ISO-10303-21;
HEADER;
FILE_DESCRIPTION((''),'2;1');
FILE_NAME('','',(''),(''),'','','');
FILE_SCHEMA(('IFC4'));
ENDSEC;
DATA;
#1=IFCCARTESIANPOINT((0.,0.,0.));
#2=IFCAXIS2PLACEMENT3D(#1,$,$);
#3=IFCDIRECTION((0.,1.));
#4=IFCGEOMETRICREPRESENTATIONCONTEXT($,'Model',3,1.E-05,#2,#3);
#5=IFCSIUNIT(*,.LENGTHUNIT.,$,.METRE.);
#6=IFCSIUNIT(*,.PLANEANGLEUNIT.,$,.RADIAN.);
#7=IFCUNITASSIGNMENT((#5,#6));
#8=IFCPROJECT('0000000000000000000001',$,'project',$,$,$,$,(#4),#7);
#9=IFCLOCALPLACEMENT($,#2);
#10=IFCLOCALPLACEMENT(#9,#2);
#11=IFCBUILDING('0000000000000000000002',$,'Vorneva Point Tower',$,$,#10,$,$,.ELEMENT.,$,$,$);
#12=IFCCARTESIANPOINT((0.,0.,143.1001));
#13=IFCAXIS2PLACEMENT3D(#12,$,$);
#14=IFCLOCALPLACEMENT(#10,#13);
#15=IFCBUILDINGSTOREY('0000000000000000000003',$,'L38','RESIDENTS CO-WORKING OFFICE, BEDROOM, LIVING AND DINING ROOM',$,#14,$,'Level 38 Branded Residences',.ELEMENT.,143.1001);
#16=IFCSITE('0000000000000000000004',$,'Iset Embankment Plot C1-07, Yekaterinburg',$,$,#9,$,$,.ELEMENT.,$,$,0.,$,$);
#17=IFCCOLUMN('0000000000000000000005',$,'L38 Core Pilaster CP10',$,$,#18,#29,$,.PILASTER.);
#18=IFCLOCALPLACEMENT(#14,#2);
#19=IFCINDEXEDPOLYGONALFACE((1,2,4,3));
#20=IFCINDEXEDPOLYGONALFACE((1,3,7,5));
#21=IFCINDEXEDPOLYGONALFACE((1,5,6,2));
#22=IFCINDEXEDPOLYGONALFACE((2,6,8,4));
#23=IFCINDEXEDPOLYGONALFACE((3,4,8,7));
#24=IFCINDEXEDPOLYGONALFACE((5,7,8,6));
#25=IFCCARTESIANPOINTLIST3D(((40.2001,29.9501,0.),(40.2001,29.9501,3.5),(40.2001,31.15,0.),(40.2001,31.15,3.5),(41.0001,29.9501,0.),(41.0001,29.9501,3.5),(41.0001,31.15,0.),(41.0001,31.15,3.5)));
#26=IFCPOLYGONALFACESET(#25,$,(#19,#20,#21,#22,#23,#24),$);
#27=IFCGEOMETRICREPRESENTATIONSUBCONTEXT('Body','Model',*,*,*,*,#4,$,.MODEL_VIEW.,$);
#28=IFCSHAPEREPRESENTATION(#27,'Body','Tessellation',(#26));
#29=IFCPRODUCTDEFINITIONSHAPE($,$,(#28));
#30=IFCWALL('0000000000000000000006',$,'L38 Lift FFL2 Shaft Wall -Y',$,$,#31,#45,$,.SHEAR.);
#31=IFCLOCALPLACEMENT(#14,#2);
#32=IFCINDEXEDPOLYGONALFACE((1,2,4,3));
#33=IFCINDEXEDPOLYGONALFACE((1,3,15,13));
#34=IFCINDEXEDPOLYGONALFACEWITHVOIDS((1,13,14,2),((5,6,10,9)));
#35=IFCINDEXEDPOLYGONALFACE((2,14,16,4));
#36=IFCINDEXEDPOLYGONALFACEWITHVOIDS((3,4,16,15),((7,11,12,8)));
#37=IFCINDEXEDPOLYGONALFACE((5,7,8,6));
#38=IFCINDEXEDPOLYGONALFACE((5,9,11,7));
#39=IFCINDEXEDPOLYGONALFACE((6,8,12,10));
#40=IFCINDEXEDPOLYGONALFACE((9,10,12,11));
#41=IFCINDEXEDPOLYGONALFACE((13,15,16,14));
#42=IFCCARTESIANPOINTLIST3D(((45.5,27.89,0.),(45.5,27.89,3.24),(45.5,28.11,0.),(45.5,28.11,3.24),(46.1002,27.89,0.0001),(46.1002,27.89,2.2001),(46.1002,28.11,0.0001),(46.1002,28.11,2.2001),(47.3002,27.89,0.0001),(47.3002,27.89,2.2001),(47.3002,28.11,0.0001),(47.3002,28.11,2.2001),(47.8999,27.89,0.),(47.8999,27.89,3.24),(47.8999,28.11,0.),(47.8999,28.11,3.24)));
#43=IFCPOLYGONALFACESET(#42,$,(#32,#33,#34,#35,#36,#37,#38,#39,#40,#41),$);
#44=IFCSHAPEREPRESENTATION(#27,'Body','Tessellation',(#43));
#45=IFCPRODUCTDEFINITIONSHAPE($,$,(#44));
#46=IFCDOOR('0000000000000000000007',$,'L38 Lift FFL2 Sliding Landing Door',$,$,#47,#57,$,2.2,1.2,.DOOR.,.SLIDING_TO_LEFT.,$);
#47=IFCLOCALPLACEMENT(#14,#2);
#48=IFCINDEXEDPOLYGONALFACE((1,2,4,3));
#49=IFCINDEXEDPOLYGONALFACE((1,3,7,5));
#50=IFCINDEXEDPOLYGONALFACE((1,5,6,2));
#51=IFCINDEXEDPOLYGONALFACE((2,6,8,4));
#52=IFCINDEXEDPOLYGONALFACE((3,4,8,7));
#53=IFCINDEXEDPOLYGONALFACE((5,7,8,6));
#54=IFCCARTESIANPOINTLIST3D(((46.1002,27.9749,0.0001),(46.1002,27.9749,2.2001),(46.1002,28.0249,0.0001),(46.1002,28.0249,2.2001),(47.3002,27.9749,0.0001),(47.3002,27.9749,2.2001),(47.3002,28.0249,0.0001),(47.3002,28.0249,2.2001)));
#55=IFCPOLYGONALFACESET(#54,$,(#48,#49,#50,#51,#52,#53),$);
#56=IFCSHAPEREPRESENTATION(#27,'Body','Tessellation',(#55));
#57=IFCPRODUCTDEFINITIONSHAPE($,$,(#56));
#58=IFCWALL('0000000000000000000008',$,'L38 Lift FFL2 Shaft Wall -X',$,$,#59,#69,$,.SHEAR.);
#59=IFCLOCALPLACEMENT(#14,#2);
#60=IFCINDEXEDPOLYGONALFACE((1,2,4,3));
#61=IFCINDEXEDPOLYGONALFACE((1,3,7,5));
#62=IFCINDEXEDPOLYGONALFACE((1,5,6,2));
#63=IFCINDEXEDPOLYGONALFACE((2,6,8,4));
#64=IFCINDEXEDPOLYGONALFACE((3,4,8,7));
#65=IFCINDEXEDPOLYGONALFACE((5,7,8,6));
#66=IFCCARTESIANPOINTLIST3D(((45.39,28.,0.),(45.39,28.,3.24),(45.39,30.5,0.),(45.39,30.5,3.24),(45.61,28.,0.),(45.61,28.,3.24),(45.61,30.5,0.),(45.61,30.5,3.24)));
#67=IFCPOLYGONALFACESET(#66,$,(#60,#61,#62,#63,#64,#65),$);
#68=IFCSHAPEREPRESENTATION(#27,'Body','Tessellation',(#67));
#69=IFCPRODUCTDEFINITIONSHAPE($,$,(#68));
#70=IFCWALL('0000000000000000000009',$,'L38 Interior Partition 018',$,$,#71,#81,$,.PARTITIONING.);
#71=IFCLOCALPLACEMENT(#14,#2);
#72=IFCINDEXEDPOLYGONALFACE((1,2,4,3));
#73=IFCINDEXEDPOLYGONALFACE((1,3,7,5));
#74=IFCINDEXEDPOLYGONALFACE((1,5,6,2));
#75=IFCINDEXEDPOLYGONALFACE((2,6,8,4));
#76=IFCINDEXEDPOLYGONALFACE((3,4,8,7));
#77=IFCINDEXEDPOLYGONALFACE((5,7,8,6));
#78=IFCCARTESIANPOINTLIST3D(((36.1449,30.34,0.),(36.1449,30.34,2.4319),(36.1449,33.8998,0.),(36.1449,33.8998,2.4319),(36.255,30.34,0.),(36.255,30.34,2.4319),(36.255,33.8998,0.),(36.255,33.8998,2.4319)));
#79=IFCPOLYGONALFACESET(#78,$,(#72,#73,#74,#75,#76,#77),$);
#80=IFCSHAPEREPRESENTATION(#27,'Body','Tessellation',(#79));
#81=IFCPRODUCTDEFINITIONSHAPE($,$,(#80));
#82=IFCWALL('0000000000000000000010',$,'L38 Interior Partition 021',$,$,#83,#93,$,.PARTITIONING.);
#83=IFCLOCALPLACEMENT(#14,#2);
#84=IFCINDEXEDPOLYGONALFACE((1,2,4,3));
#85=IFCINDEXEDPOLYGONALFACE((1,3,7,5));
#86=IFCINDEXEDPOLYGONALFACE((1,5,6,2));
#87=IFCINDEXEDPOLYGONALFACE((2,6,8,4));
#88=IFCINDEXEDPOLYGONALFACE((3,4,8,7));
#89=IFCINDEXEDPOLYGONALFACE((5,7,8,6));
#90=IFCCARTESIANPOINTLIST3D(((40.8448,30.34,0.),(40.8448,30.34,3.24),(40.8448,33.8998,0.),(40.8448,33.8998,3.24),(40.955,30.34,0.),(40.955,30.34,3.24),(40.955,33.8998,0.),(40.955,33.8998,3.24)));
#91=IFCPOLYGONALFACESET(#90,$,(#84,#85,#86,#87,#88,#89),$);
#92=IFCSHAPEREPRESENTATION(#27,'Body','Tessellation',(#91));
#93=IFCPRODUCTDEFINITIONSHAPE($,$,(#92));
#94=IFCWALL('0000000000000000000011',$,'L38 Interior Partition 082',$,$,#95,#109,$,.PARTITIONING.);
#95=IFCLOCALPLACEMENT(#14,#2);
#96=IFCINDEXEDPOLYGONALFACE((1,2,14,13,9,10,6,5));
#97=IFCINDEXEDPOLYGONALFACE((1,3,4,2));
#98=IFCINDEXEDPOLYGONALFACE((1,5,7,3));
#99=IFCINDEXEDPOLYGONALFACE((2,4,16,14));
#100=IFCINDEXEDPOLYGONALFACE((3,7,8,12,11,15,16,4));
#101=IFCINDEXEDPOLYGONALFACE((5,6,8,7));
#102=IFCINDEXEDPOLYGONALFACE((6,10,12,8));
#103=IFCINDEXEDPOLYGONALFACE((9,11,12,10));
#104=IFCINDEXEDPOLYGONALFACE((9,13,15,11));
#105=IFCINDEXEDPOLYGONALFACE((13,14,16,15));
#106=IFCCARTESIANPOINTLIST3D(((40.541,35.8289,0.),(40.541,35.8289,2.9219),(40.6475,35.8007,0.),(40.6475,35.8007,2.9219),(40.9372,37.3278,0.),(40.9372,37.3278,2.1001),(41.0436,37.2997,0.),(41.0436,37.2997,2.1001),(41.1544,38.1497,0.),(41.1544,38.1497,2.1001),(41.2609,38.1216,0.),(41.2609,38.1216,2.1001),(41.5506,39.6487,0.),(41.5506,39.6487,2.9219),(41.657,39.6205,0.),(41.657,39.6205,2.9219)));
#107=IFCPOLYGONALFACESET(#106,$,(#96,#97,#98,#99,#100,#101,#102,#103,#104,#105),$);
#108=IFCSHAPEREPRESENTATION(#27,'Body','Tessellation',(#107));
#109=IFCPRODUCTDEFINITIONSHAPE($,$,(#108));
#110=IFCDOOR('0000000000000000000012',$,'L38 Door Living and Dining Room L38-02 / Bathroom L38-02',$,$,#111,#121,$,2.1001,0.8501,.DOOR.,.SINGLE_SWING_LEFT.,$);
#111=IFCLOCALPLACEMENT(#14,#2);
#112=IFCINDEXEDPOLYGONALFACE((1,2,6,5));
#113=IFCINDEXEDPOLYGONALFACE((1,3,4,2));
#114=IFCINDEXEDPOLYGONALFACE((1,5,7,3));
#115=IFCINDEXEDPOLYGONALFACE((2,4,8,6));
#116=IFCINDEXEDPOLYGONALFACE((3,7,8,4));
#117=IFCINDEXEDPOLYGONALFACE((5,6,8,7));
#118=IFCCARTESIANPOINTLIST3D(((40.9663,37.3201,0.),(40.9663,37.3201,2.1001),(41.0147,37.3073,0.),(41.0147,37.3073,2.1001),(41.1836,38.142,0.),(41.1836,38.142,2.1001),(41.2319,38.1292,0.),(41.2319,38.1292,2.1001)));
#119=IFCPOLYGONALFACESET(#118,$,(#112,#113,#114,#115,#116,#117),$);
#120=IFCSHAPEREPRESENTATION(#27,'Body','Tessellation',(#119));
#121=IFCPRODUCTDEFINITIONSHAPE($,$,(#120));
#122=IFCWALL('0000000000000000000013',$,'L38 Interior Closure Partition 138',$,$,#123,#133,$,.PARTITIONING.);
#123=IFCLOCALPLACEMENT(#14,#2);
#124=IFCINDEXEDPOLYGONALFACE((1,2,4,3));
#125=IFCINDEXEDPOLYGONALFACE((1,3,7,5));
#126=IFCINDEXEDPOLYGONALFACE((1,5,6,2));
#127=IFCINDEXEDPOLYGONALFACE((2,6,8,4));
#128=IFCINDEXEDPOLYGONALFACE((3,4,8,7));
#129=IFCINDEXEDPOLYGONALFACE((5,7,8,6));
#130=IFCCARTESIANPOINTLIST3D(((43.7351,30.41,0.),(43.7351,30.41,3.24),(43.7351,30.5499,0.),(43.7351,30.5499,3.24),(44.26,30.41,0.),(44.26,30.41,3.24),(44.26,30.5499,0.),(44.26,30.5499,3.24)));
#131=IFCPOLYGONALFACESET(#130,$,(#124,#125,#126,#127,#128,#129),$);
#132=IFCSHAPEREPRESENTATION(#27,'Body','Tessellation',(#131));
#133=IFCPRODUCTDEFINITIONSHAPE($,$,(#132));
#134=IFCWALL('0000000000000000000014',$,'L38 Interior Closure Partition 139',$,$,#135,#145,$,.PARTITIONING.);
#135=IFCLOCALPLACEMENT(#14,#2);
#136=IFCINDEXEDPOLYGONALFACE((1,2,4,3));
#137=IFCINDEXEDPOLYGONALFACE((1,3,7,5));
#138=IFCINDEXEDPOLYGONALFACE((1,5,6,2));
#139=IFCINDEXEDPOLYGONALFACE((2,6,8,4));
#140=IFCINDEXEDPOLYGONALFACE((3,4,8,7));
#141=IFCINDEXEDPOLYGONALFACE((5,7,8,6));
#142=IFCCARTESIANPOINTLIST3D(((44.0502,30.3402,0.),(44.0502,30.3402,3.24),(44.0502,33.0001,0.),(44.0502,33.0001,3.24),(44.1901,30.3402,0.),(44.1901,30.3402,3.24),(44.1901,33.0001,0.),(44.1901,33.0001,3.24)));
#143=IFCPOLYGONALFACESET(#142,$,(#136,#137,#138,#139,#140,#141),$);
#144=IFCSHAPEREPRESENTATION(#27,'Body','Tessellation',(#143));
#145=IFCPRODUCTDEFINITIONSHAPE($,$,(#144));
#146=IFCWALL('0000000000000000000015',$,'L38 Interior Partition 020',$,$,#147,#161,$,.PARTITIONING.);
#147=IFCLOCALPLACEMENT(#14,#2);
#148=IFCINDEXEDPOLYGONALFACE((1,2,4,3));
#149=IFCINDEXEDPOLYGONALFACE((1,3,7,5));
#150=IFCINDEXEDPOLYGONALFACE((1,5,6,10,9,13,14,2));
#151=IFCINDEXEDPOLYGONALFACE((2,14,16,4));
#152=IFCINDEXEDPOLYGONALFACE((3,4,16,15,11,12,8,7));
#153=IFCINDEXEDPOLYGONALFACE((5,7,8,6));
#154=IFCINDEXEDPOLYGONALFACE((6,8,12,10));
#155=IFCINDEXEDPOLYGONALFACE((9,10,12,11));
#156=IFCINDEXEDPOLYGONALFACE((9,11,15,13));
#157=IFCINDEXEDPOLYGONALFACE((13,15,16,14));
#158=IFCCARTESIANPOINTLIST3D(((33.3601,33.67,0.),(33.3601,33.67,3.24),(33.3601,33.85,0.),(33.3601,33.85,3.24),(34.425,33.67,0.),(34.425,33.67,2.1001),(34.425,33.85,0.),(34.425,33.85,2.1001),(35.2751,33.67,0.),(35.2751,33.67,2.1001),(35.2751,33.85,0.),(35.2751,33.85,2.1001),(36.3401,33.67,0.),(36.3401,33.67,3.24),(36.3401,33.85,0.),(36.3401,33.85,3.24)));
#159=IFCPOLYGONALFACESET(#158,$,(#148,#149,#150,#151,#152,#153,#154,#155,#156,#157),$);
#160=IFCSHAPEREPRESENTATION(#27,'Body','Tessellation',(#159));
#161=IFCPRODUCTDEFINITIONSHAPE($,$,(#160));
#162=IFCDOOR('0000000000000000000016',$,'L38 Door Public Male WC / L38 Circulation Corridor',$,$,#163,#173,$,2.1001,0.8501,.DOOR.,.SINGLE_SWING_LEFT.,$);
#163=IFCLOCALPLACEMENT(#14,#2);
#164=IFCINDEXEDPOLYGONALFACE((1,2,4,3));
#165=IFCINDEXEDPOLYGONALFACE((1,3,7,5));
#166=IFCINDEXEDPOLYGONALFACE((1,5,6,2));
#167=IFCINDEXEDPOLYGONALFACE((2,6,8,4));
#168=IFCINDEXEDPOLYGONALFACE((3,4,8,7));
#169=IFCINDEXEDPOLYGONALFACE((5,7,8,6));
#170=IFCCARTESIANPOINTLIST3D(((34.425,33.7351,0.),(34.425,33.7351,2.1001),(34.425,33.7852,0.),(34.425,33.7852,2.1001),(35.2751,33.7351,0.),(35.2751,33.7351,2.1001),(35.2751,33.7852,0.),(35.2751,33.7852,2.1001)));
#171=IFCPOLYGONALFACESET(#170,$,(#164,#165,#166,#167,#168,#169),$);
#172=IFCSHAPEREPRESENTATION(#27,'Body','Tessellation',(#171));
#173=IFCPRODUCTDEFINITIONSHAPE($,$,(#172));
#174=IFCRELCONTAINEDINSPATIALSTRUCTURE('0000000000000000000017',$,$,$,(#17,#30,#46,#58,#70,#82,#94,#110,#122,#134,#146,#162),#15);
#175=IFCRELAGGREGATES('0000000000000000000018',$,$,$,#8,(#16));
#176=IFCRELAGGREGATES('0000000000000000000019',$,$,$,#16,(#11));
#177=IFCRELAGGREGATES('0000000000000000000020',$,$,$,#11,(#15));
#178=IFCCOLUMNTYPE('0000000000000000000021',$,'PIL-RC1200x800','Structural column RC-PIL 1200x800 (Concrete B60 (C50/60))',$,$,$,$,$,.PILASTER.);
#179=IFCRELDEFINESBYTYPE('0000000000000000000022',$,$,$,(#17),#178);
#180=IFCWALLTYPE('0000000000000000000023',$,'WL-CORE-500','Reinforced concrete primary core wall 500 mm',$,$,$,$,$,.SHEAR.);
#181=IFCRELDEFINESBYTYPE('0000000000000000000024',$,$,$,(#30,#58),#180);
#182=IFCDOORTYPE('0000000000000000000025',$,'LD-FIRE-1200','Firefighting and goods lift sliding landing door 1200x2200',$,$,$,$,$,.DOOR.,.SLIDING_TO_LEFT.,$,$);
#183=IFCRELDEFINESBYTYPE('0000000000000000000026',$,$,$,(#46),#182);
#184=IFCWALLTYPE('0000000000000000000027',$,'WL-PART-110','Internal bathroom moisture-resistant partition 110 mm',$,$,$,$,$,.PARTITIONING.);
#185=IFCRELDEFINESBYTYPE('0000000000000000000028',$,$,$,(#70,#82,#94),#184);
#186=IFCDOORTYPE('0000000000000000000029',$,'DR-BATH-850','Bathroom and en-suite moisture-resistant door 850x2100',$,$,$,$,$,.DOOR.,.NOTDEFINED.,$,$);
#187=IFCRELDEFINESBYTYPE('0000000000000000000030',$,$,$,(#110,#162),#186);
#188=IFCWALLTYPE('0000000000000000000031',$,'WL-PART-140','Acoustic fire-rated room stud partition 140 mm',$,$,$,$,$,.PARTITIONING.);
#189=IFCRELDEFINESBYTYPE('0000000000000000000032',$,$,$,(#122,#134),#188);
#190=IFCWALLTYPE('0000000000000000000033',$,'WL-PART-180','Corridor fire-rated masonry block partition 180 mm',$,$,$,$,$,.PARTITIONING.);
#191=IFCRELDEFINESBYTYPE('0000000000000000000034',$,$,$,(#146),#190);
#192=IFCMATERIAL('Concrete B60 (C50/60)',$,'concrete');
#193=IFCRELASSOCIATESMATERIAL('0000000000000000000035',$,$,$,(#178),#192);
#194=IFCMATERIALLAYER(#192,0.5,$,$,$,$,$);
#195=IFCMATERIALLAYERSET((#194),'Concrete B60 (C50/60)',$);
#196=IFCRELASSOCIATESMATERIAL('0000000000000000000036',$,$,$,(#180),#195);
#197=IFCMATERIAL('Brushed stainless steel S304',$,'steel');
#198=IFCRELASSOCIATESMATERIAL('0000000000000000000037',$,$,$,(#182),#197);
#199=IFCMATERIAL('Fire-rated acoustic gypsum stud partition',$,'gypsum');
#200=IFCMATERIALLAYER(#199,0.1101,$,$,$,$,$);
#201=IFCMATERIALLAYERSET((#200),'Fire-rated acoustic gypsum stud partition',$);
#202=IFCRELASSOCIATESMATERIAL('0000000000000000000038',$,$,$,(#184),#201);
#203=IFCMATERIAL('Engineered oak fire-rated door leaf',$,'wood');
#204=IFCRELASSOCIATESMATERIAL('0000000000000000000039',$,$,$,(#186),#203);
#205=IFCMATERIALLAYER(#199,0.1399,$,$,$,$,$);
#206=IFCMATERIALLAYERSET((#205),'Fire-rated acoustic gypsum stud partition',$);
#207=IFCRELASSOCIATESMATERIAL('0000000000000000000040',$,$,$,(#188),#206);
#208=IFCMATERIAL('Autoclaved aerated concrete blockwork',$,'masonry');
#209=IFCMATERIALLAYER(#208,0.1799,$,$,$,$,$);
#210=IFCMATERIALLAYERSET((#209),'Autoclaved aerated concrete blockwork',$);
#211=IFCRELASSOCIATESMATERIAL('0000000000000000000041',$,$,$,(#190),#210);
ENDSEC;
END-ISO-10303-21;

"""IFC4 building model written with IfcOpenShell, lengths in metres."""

from ifc_helpers import new_model, si_unit, direction, frame, frame_2d, origin, origin_2d, place, context, subcontext, project, spatial, rectangle, extrude, material, layer, layer_set, material_profile, profile_set, type_object, element, fill, save


model = new_model("IFC4")

# Units and contexts
model_context = context("Model", 3, precision=1e-05, world=origin(), true_north=direction((0.0, 1.0)))
body_context = subcontext(model_context, "Body", "Model", "MODEL_VIEW")
ifc_project = project(units=[si_unit("LENGTHUNIT", "METRE"), si_unit("PLANEANGLEUNIT", "RADIAN")], contexts=[model_context])

# Site, building, storey
site_placement = place(None, origin())
site = spatial("IfcSite", under=ifc_project, at=site_placement, Name="Iset Embankment Plot C1-07, Yekaterinburg", CompositionType="ELEMENT", RefElevation=0.0)
building_placement = place(site_placement, origin())
building = spatial("IfcBuilding", under=site, at=building_placement, Name="Vorneva Point Tower", CompositionType="ELEMENT")
storey_placement = place(building_placement, frame((0.0, 0.0, 143.1001)))
storey = spatial("IfcBuildingStorey", under=building, at=storey_placement, Name="L38", Description="RESIDENTS CO-WORKING OFFICE, BEDROOM, LIVING AND DINING ROOM", LongName="Level 38 Branded Residences", CompositionType="ELEMENT", Elevation=143.1001)

# Column
ifc_material_1 = material(Name="Concrete B60 (C50/60)", Category="concrete")
ifc_material_profile = material_profile(ifc_material_1, rectangle(XDim=0.8, YDim=1.2, at=origin_2d()), Name="RC-PIL 1200x800")
ifc_profile_set = profile_set([ifc_material_profile], Name="Concrete B60 (C50/60)")
column_type = type_object("IfcColumnType", Name="PIL-RC1200x800", Description="Structural column RC-PIL 1200x800 (Concrete B60 (C50/60))", PredefinedType="PILASTER", material=ifc_profile_set)
column_placement = place(storey_placement, frame((40.6001, 30.55, 0.0), z_axis=(0.0, 0.0, 1.0), x_axis=(1.0, 0.0, 0.0)))
element("IfcColumn", 1, at=column_placement, inside=storey, type_object=column_type, Name="L38 Core Pilaster CP10", PredefinedType="PILASTER", context=body_context, shape_type="SweptSolid", body=[
    extrude(rectangle(XDim=0.8, YDim=1.2, at=origin_2d()), origin(), (0.0, 0.0, 1.0), 3.5),
])

# Wall, opening, door
ifc_layer_1 = layer(ifc_material_1, 0.5)
ifc_layer_set_1 = layer_set([ifc_layer_1], Name="Concrete B60 (C50/60)")
wall_type_1 = type_object("IfcWallType", Name="WL-CORE-500", Description="Reinforced concrete primary core wall 500 mm", PredefinedType="SHEAR", material=ifc_layer_set_1)
wall_1_placement = place(storey_placement, frame((45.5, 28.0, 0.0), z_axis=(0.0, 0.0, 1.0), x_axis=(1.0, 0.0, 0.0)))
wall_1 = element("IfcWall", 2, at=wall_1_placement, inside=storey, type_object=wall_type_1, Name="L38 Lift FFL2 Shaft Wall -Y", PredefinedType="SHEAR", context=body_context, shape_type="SweptSolid", body=[
    extrude(rectangle(XDim=2.3999, YDim=0.22, at=frame_2d((1.2, 0.0))), origin(), (0.0, 0.0, 1.0), 3.24),
])
opening_1_placement = place(wall_1_placement, frame((0.6001, 0.0, 0.0)))
opening_1 = element("IfcOpeningElement", 3, at=opening_1_placement, cuts=wall_1, PredefinedType="OPENING", context=body_context, shape_type="SweptSolid", body=[
    extrude(rectangle(XDim=1.2, YDim=2.2, at=frame_2d((0.6001, 1.1001))), frame((0.0, 0.125, 0.0), z_axis=(0.0, -1.0, 0.0), x_axis=(1.0, 0.0, 0.0)), (0.0, 0.0, 1.0), 0.2498),
])
ifc_material_2 = material(Name="Brushed stainless steel S304", Category="steel")
door_type_1 = type_object("IfcDoorType", Name="LD-FIRE-1200", Description="Firefighting and goods lift sliding landing door 1200x2200", OperationType="SLIDING_TO_LEFT", PredefinedType="DOOR", material=ifc_material_2)
door_1_placement = place(opening_1_placement, origin())
door_1 = element("IfcDoor", 4, at=door_1_placement, inside=storey, type_object=door_type_1, Name="L38 Lift FFL2 Sliding Landing Door", OperationType="SLIDING_TO_LEFT", OverallHeight=2.2, OverallWidth=1.2, PredefinedType="DOOR", context=body_context, shape_type="SweptSolid", body=[
    extrude(rectangle(XDim=1.2, YDim=2.2, at=frame_2d((0.6001, 1.1001))), frame((0.0, 0.0249, 0.0), z_axis=(0.0, -1.0, 0.0), x_axis=(1.0, 0.0, 0.0)), (0.0, 0.0, 1.0), 0.05),
])
fill(opening_1, door_1)

# Walls
wall_2_placement = place(storey_placement, frame((45.5, 30.5, 0.0), z_axis=(0.0, 0.0, 1.0), x_axis=(0.0, -1.0, 0.0)))
element("IfcWall", 5, at=wall_2_placement, inside=storey, type_object=wall_type_1, Name="L38 Lift FFL2 Shaft Wall -X", PredefinedType="SHEAR", context=body_context, shape_type="SweptSolid", body=[
    extrude(rectangle(XDim=2.5, YDim=0.22, at=frame_2d((1.25, 0.0))), origin(), (0.0, 0.0, 1.0), 3.24),
])
ifc_material_3 = material(Name="Fire-rated acoustic gypsum stud partition", Category="gypsum")
ifc_layer_2 = layer(ifc_material_3, 0.1101)
ifc_layer_set_2 = layer_set([ifc_layer_2], Name="Fire-rated acoustic gypsum stud partition")
wall_type_2 = type_object("IfcWallType", Name="WL-PART-110", Description="Internal bathroom moisture-resistant partition 110 mm", PredefinedType="PARTITIONING", material=ifc_layer_set_2)
wall_3_placement = place(storey_placement, frame((36.2, 30.3401, 0.0), z_axis=(0.0, 0.0, 1.0), x_axis=(0.0, 1.0, 0.0)))
element("IfcWall", 6, at=wall_3_placement, inside=storey, type_object=wall_type_2, Name="L38 Interior Partition 018", PredefinedType="PARTITIONING", context=body_context, shape_type="SweptSolid", body=[
    extrude(rectangle(XDim=3.5598, YDim=0.1101, at=frame_2d((1.7798, 0.0))), origin(), (0.0, 0.0, 1.0), 2.4319),
])
wall_4_placement = place(storey_placement, frame((40.8999, 30.3401, 0.0), z_axis=(0.0, 0.0, 1.0), x_axis=(0.0, 1.0, 0.0)))
element("IfcWall", 7, at=wall_4_placement, inside=storey, type_object=wall_type_2, Name="L38 Interior Partition 021", PredefinedType="PARTITIONING", context=body_context, shape_type="SweptSolid", body=[
    extrude(rectangle(XDim=3.5598, YDim=0.1101, at=frame_2d((1.7798, 0.0))), origin(), (0.0, 0.0, 1.0), 3.24),
])

# Wall, opening, door
wall_5_placement = place(storey_placement, frame((40.5942, 35.8147, 0.0), z_axis=(0.0, 0.0, 1.0), x_axis=(0.255512, 0.966806, 0.0)))
wall_5 = element("IfcWall", 8, at=wall_5_placement, inside=storey, type_object=wall_type_2, Name="L38 Interior Partition 082", PredefinedType="PARTITIONING", context=body_context, shape_type="SweptSolid", body=[
    extrude(rectangle(XDim=3.9509, YDim=0.1101, at=frame_2d((1.9756, 0.0))), origin(), (0.0, 0.0, 1.0), 2.9219),
])
opening_2_placement = place(wall_5_placement, frame((1.5505, 0.0, 0.0)))
opening_2 = element("IfcOpeningElement", 9, at=opening_2_placement, cuts=wall_5, PredefinedType="OPENING", context=body_context, shape_type="SweptSolid", body=[
    extrude(rectangle(XDim=0.8501, YDim=2.1001, at=frame_2d((0.425, 1.05))), frame((0.0, 0.0698, 0.0), z_axis=(0.0, -1.0, 0.0), x_axis=(1.0, 0.0, 0.0)), (0.0, 0.0, 1.0), 0.1399),
])
ifc_material_4 = material(Name="Engineered oak fire-rated door leaf", Category="wood")
door_type_2 = type_object("IfcDoorType", Name="DR-BATH-850", Description="Bathroom and en-suite moisture-resistant door 850x2100", OperationType="NOTDEFINED", PredefinedType="DOOR", material=ifc_material_4)
door_2_placement = place(opening_2_placement, origin())
door_2 = element("IfcDoor", 10, at=door_2_placement, inside=storey, type_object=door_type_2, Name="L38 Door Living and Dining Room L38-02 / Bathroom L38-02", OperationType="SINGLE_SWING_LEFT", OverallHeight=2.1001, OverallWidth=0.8501, PredefinedType="DOOR", context=body_context, shape_type="SweptSolid", body=[
    extrude(rectangle(XDim=0.8501, YDim=2.1001, at=frame_2d((0.425, 1.05))), frame((0.0, 0.0249, 0.0), z_axis=(0.0, -1.0, 0.0), x_axis=(1.0, 0.0, 0.0)), (0.0, 0.0, 1.0), 0.05),
])
fill(opening_2, door_2)

# Walls
ifc_layer_3 = layer(ifc_material_3, 0.1399)
ifc_layer_set_3 = layer_set([ifc_layer_3], Name="Fire-rated acoustic gypsum stud partition")
wall_type_3 = type_object("IfcWallType", Name="WL-PART-140", Description="Acoustic fire-rated room stud partition 140 mm", PredefinedType="PARTITIONING", material=ifc_layer_set_3)
wall_6_placement = place(storey_placement, frame((43.7351, 30.48, 0.0), z_axis=(0.0, 0.0, 1.0), x_axis=(1.0, 0.0, 0.0)))
element("IfcWall", 11, at=wall_6_placement, inside=storey, type_object=wall_type_3, Name="L38 Interior Closure Partition 138", PredefinedType="PARTITIONING", context=body_context, shape_type="SweptSolid", body=[
    extrude(rectangle(XDim=0.5249, YDim=0.1399, at=frame_2d((0.2625, 0.0))), origin(), (0.0, 0.0, 1.0), 3.24),
])
wall_7_placement = place(storey_placement, frame((44.1201, 30.3401, 0.0), z_axis=(0.0, 0.0, 1.0), x_axis=(0.0, 1.0, 0.0)))
element("IfcWall", 12, at=wall_7_placement, inside=storey, type_object=wall_type_3, Name="L38 Interior Closure Partition 139", PredefinedType="PARTITIONING", context=body_context, shape_type="SweptSolid", body=[
    extrude(rectangle(XDim=2.6599, YDim=0.1399, at=frame_2d((1.3301, 0.0))), origin(), (0.0, 0.0, 1.0), 3.24),
])

# Wall, opening, door
ifc_material_5 = material(Name="Autoclaved aerated concrete blockwork", Category="masonry")
ifc_layer_4 = layer(ifc_material_5, 0.1799)
ifc_layer_set_4 = layer_set([ifc_layer_4], Name="Autoclaved aerated concrete blockwork")
wall_type_4 = type_object("IfcWallType", Name="WL-PART-180", Description="Corridor fire-rated masonry block partition 180 mm", PredefinedType="PARTITIONING", material=ifc_layer_set_4)
wall_8_placement = place(storey_placement, frame((36.3401, 33.76, 0.0), z_axis=(0.0, 0.0, 1.0), x_axis=(-1.0, 0.0, 0.0)))
wall_8 = element("IfcWall", 13, at=wall_8_placement, inside=storey, type_object=wall_type_4, Name="L38 Interior Partition 020", PredefinedType="PARTITIONING", context=body_context, shape_type="SweptSolid", body=[
    extrude(rectangle(XDim=2.98, YDim=0.1799, at=frame_2d((1.49, 0.0))), origin(), (0.0, 0.0, 1.0), 3.24),
])
opening_3_placement = place(wall_8_placement, frame((1.0649, 0.0, 0.0)))
opening_3 = element("IfcOpeningElement", 14, at=opening_3_placement, cuts=wall_8, PredefinedType="OPENING", context=body_context, shape_type="SweptSolid", body=[
    extrude(rectangle(XDim=0.8501, YDim=2.1001, at=frame_2d((0.425, 1.05))), frame((0.0, 0.105, 0.0), z_axis=(0.0, -1.0, 0.0), x_axis=(1.0, 0.0, 0.0)), (0.0, 0.0, 1.0), 0.2097),
])
door_3_placement = place(opening_3_placement, origin())
door_3 = element("IfcDoor", 15, at=door_3_placement, inside=storey, type_object=door_type_2, Name="L38 Door Public Male WC / L38 Circulation Corridor", OperationType="SINGLE_SWING_LEFT", OverallHeight=2.1001, OverallWidth=0.8501, PredefinedType="DOOR", context=body_context, shape_type="SweptSolid", body=[
    extrude(rectangle(XDim=0.8501, YDim=2.1001, at=frame_2d((0.425, 1.05))), frame((0.0, 0.0249, 0.0), z_axis=(0.0, -1.0, 0.0), x_axis=(1.0, 0.0, 0.0)), (0.0, 0.0, 1.0), 0.05),
])
fill(opening_3, door_3)

save(model, "model.ifc")
